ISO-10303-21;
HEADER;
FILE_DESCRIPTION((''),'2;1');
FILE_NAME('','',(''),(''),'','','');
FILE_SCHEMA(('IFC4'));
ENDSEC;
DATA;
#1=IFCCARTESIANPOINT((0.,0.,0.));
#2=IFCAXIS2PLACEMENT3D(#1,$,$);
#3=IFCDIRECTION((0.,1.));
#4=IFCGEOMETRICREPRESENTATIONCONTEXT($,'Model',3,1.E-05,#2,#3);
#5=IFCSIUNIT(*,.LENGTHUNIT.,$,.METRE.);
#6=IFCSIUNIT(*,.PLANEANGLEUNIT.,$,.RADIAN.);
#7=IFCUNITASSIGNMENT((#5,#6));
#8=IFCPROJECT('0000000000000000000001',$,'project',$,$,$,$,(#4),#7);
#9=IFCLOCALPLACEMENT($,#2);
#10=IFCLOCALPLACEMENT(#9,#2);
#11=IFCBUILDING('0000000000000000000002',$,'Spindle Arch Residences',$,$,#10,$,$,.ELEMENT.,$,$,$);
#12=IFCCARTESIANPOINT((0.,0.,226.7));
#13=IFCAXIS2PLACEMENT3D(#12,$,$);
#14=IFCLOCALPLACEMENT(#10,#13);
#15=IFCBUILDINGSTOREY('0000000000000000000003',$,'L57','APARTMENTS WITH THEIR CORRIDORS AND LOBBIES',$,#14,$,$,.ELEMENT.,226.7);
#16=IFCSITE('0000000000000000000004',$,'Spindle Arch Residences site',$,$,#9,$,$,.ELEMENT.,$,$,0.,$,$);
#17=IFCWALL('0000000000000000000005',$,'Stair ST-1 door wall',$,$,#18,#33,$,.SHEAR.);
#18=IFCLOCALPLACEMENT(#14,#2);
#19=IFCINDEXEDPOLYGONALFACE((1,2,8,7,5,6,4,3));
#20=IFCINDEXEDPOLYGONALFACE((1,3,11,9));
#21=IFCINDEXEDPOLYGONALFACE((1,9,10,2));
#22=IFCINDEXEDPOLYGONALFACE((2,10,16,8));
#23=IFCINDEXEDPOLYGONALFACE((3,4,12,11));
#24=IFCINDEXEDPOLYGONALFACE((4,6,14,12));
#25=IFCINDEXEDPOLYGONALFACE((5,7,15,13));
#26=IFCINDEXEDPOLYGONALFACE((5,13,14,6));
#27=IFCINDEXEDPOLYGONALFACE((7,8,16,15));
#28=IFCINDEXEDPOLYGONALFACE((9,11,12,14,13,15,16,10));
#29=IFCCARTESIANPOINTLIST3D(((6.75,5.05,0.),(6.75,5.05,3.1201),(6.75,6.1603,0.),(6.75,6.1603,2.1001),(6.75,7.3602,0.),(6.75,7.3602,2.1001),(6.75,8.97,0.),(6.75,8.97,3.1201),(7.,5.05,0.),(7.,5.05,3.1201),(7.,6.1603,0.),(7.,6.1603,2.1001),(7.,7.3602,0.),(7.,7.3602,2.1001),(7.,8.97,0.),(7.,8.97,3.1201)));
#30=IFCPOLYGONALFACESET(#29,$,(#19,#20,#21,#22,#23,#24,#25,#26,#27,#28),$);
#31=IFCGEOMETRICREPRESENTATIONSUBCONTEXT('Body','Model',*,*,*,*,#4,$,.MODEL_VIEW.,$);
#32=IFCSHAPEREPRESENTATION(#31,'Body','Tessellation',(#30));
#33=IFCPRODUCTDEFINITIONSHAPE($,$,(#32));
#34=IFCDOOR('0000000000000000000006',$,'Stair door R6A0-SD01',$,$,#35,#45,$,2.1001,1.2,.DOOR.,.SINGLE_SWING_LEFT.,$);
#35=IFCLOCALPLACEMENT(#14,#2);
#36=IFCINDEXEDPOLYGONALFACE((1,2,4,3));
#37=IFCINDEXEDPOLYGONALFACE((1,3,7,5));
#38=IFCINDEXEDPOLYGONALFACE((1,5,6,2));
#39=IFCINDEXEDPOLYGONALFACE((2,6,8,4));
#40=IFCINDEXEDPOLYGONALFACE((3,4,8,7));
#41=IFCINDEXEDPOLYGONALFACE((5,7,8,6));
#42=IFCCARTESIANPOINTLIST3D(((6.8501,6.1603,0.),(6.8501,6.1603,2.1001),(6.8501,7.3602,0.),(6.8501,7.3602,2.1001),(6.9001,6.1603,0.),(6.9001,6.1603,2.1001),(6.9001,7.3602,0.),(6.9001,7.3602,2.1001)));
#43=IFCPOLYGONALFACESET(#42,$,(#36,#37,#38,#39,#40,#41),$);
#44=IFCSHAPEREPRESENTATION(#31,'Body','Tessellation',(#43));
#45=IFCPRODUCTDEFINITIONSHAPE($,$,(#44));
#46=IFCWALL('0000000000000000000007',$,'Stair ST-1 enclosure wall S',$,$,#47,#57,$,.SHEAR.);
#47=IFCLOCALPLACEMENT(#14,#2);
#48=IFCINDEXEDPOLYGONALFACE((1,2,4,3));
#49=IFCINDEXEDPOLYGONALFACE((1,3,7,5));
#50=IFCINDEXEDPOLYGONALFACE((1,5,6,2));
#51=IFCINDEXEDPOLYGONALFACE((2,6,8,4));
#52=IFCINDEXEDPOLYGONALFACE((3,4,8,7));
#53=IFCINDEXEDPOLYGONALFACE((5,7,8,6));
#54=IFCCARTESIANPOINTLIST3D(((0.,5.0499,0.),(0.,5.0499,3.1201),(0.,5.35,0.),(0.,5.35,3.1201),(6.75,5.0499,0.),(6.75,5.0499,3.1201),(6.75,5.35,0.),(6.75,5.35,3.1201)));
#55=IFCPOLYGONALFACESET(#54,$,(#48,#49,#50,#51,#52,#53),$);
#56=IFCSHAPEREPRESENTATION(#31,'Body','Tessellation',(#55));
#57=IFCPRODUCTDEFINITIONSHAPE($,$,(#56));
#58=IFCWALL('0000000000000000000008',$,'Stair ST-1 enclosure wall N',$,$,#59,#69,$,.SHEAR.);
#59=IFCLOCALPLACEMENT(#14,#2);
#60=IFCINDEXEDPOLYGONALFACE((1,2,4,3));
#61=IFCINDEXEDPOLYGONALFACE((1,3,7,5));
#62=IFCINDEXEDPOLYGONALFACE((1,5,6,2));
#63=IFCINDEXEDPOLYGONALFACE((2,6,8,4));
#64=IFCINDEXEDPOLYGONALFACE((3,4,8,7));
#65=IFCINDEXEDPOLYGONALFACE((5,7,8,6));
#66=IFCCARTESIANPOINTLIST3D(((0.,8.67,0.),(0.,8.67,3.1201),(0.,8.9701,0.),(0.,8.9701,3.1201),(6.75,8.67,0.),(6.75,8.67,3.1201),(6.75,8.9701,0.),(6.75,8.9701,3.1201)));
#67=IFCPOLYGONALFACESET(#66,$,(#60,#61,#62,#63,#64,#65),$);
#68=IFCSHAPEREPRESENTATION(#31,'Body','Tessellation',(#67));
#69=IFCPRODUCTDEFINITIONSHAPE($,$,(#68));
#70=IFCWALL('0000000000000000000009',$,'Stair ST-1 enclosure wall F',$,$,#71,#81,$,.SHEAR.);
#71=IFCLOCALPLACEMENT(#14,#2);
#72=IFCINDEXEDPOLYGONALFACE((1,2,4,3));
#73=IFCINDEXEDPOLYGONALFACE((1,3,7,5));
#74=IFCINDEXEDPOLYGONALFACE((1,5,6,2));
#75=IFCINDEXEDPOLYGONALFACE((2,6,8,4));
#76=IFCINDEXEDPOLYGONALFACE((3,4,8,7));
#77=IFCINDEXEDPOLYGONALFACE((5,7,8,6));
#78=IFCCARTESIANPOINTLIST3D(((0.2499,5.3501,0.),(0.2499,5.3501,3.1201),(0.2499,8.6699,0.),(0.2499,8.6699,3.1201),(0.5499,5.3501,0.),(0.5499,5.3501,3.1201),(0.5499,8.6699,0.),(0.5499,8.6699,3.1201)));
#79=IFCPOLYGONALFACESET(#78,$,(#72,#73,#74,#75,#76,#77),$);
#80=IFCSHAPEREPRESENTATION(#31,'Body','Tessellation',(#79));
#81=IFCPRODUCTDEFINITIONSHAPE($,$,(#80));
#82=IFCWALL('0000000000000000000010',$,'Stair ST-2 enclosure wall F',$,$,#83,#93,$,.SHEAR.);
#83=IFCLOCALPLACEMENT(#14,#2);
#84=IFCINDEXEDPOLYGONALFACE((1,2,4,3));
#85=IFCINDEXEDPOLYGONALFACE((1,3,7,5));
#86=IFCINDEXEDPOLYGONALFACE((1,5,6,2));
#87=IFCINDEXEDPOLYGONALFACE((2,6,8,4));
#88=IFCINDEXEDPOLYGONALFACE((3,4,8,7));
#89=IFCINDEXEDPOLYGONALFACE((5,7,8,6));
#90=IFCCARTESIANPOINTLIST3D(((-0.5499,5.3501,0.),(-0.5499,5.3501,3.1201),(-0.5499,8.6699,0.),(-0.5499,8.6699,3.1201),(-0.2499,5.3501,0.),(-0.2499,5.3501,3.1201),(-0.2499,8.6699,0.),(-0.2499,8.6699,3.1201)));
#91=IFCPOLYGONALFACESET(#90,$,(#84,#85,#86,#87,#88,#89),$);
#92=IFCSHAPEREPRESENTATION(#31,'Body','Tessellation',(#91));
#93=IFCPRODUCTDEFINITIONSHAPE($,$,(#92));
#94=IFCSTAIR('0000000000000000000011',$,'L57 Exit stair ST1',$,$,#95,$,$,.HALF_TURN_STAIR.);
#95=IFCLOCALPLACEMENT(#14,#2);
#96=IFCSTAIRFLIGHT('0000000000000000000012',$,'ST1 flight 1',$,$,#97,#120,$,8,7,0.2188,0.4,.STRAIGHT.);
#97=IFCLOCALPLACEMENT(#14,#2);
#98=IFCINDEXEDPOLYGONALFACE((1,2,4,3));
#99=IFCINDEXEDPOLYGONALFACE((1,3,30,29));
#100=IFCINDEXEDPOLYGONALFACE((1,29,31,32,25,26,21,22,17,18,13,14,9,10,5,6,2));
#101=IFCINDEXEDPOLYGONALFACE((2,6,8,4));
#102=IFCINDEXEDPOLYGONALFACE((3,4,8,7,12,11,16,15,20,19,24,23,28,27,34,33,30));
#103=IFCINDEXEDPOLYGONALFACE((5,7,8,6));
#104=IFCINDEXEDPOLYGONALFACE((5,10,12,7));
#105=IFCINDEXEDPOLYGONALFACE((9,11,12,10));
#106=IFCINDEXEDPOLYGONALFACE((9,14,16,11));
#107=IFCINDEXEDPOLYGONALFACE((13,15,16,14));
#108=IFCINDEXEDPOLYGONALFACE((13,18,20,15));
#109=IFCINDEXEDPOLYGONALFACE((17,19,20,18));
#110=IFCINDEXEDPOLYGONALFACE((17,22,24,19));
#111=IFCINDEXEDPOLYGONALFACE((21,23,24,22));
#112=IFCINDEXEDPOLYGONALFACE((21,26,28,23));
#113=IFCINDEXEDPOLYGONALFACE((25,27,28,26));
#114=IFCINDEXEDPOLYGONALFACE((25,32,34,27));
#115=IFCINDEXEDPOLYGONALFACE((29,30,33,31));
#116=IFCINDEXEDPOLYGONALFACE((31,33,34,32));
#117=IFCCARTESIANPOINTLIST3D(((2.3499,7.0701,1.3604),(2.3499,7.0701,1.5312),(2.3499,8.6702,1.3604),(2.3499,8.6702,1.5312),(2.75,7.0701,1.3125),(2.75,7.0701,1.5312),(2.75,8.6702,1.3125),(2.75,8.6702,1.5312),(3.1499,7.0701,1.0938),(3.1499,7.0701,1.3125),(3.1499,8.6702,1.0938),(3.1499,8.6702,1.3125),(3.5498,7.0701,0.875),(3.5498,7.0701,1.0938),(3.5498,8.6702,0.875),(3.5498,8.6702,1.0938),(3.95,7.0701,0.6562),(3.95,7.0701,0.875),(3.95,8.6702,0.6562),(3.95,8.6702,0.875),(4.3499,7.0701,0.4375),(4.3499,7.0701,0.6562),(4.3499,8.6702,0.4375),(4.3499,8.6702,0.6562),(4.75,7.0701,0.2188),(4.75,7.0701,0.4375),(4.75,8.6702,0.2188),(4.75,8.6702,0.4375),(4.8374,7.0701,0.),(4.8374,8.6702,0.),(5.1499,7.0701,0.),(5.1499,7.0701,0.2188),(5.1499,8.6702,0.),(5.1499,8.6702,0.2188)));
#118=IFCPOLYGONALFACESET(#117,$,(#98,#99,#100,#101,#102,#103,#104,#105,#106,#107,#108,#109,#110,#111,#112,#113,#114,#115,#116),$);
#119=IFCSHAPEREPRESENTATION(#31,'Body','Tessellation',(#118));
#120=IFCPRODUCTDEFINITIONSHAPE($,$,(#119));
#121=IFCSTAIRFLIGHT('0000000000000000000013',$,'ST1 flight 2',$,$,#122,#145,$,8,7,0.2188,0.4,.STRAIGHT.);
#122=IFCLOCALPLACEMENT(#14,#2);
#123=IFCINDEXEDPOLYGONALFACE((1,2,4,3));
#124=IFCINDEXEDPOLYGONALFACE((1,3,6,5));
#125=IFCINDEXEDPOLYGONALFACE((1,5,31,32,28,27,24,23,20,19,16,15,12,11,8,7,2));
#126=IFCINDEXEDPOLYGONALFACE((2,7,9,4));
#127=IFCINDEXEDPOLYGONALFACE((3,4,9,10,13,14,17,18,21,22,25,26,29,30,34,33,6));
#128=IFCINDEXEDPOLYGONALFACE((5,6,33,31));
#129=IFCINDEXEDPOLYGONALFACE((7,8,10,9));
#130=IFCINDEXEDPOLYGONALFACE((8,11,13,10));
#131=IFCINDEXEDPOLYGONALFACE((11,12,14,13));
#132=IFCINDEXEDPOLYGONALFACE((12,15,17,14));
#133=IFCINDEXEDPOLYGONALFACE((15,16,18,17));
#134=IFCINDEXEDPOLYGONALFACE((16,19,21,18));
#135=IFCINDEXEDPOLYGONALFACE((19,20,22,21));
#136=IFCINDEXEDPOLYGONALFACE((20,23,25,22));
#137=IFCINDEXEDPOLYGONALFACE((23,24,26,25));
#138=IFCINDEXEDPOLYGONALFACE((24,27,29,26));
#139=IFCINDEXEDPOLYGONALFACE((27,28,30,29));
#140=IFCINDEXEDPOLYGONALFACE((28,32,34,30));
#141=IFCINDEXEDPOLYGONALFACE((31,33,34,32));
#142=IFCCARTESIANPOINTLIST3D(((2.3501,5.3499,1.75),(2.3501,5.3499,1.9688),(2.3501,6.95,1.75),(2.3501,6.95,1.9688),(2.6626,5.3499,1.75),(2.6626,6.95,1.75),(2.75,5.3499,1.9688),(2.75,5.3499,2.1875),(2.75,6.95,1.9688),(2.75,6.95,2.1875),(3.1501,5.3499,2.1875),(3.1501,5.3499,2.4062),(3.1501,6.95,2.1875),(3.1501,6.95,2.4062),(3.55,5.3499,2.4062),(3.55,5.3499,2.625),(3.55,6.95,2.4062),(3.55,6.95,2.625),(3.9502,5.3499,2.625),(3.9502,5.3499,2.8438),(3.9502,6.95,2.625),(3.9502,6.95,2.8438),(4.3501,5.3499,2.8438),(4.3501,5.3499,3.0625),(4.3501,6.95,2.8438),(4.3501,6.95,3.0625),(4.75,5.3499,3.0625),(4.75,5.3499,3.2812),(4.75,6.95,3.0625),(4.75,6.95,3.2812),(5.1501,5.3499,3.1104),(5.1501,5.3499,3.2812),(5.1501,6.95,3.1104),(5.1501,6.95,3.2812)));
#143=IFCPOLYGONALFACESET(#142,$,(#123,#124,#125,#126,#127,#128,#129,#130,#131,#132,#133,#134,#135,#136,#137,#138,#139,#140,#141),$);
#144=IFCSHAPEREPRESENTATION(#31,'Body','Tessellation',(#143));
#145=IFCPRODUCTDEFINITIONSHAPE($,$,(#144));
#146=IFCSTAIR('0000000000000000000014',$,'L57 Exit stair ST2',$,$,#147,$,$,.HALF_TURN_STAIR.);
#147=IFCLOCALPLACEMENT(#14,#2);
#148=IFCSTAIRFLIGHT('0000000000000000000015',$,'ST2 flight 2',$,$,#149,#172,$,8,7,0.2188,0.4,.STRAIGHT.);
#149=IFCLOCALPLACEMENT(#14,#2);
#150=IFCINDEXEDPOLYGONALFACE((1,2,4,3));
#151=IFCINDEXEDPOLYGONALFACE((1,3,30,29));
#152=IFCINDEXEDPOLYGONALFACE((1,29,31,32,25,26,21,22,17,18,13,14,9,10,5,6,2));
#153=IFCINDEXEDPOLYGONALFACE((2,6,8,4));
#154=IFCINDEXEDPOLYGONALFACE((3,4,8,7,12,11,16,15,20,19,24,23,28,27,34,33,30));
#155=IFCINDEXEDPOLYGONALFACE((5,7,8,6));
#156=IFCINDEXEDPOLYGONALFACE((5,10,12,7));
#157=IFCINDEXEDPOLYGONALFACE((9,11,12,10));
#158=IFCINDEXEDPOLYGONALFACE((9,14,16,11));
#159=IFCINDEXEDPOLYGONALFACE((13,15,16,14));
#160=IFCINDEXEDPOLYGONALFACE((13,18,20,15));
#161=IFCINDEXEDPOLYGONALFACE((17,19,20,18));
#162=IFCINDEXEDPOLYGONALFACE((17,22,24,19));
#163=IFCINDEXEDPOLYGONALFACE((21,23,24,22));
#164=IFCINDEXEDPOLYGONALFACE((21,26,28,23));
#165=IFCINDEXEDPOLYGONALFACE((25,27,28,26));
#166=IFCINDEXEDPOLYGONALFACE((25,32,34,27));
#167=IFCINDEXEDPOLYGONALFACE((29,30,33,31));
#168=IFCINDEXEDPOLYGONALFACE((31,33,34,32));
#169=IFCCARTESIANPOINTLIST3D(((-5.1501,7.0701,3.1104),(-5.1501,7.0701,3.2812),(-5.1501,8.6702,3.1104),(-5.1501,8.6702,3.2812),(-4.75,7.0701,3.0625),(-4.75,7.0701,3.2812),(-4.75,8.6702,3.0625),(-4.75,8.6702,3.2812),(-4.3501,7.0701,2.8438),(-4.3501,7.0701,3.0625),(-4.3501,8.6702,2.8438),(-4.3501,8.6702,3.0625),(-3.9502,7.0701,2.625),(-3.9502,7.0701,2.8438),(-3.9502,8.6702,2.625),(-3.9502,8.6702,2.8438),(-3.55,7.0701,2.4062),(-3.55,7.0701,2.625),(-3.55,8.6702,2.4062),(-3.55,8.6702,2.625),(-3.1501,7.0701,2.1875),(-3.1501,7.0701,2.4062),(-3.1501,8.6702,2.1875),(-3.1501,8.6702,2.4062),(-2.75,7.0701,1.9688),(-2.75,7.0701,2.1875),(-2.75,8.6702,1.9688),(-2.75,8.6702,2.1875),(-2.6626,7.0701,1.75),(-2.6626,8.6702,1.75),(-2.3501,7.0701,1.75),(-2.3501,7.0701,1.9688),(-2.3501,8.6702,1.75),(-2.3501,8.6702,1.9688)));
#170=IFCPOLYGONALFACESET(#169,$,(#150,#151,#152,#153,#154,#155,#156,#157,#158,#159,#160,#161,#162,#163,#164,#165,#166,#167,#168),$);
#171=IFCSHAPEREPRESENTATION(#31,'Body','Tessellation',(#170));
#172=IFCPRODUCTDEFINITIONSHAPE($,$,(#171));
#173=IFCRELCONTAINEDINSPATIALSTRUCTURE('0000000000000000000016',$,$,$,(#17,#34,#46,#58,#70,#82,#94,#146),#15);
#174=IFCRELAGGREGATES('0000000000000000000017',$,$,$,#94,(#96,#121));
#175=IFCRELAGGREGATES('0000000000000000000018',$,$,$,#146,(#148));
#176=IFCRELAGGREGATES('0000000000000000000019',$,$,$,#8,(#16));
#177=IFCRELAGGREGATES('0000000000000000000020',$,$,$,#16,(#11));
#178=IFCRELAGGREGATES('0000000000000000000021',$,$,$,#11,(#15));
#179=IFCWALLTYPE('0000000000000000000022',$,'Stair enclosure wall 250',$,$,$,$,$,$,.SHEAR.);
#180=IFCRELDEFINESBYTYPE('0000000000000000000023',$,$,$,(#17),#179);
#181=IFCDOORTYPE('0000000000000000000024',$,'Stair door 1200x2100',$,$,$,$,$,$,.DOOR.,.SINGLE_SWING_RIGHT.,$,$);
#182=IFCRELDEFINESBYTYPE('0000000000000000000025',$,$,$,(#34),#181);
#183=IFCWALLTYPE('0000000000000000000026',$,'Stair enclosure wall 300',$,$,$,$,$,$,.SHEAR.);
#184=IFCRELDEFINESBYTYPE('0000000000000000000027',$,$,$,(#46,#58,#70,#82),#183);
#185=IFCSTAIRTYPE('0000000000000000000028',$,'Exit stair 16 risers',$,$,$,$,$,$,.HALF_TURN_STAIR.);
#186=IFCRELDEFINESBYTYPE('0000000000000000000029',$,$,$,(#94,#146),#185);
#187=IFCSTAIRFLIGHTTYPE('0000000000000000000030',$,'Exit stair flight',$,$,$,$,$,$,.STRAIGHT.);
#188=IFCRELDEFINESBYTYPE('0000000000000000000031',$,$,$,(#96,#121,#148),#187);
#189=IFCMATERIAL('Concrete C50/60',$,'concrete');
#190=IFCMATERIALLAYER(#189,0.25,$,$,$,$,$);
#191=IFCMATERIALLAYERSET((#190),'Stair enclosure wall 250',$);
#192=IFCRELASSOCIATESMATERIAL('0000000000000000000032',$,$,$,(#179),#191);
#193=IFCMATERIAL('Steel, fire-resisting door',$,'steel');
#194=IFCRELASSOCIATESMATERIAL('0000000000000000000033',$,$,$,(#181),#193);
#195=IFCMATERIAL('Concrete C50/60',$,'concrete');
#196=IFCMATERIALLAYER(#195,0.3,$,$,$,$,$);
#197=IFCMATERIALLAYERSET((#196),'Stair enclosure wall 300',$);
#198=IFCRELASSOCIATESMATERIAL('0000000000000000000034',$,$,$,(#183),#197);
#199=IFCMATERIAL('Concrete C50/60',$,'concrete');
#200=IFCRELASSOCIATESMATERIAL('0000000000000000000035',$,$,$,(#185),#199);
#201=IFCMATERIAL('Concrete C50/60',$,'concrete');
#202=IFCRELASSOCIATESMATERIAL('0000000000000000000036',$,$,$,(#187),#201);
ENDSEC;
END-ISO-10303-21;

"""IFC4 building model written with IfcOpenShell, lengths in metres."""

from ifc_helpers import new_model, si_unit, direction, frame, frame_2d, origin, place, context, subcontext, project, spatial, polyline, rectangle, outline, extrude, material, layer, layer_set, type_object, element, fill, aggregate, save


model = new_model("IFC4")

# Units and contexts
model_context = context("Model", 3, precision=1e-05, world=origin(), true_north=direction((0.0, 1.0)))
body_context = subcontext(model_context, "Body", "Model", "MODEL_VIEW")
ifc_project = project(units=[si_unit("LENGTHUNIT", "METRE"), si_unit("PLANEANGLEUNIT", "RADIAN")], contexts=[model_context])

# Site, building, storey
site_placement = place(None, origin())
site = spatial("IfcSite", under=ifc_project, at=site_placement, Name="Spindle Arch Residences site", CompositionType="ELEMENT", RefElevation=0.0)
building_placement = place(site_placement, origin())
building = spatial("IfcBuilding", under=site, at=building_placement, Name="Spindle Arch Residences", CompositionType="ELEMENT")
storey_placement = place(building_placement, frame((0.0, 0.0, 226.7)))
storey = spatial("IfcBuildingStorey", under=building, at=storey_placement, Name="L57", Description="APARTMENTS WITH THEIR CORRIDORS AND LOBBIES", CompositionType="ELEMENT", Elevation=226.7)

# Wall, opening, door
ifc_material_1 = material(Name="Concrete C50/60", Category="concrete")
ifc_layer_1 = layer(ifc_material_1, 0.25)
ifc_layer_set_1 = layer_set([ifc_layer_1], Name="Stair enclosure wall 250")
wall_type_1 = type_object("IfcWallType", Name="Stair enclosure wall 250", PredefinedType="SHEAR", material=ifc_layer_set_1)
wall_1_placement = place(storey_placement, frame((6.875, 5.05, 0.0), z_axis=(0.0, 0.0, 1.0), x_axis=(0.0, 1.0, 0.0)))
wall_1 = element("IfcWall", 1, at=wall_1_placement, inside=storey, type_object=wall_type_1, Name="Stair ST-1 door wall", PredefinedType="SHEAR", context=body_context, shape_type="SweptSolid", body=[
    extrude(rectangle(XDim=3.9199, YDim=0.25, at=frame_2d((1.96, 0.0))), origin(), (0.0, 0.0, 1.0), 3.1201),
])
opening_1_placement = place(wall_1_placement, frame((1.1101, 0.0, 0.0)))
opening_1 = element("IfcOpeningElement", 2, at=opening_1_placement, cuts=wall_1, PredefinedType="OPENING", context=body_context, shape_type="SweptSolid", body=[
    extrude(rectangle(XDim=1.2, YDim=2.1001, at=frame_2d((0.6001, 1.05))), frame((0.0, 0.135, 0.0), z_axis=(0.0, -1.0, 0.0), x_axis=(1.0, 0.0, 0.0)), (0.0, 0.0, 1.0), 0.27),
])
ifc_material_2 = material(Name="Steel, fire-resisting door", Category="steel")
door_type_1 = type_object("IfcDoorType", Name="Stair door 1200x2100", OperationType="SINGLE_SWING_RIGHT", PredefinedType="DOOR", material=ifc_material_2)
door_1_placement = place(opening_1_placement, origin())
door_1 = element("IfcDoor", 3, at=door_1_placement, inside=storey, type_object=door_type_1, Name="Stair door R6A0-SD01", OperationType="SINGLE_SWING_LEFT", OverallHeight=2.1001, OverallWidth=1.2, PredefinedType="DOOR", context=body_context, shape_type="SweptSolid", body=[
    extrude(rectangle(XDim=1.2, YDim=2.1001, at=frame_2d((0.6001, 1.05))), frame((0.0, 0.0249, 0.0), z_axis=(0.0, -1.0, 0.0), x_axis=(1.0, 0.0, 0.0)), (0.0, 0.0, 1.0), 0.05),
])
fill(opening_1, door_1)

# Walls
ifc_material_3 = material(Name="Concrete C50/60", Category="concrete")
ifc_layer_2 = layer(ifc_material_3, 0.3)
ifc_layer_set_2 = layer_set([ifc_layer_2], Name="Stair enclosure wall 300")
wall_type_2 = type_object("IfcWallType", Name="Stair enclosure wall 300", PredefinedType="SHEAR", material=ifc_layer_set_2)
for number, where, z_axis, x_axis, name in (
    (4, (0.0, 5.2, 0.0), (0.0, 0.0, 1.0), (1.0, 0.0, 0.0), "Stair ST-1 enclosure wall S"),
    (5, (0.0, 8.8201, 0.0), (0.0, 0.0, 1.0), (1.0, 0.0, 0.0), "Stair ST-1 enclosure wall N"),
):
    element("IfcWall", number, at=place(storey_placement, frame(where, z_axis=z_axis, x_axis=x_axis)), inside=storey, type_object=wall_type_2, Name=name, PredefinedType="SHEAR", context=body_context, shape_type="SweptSolid", body=[
        extrude(rectangle(XDim=6.75, YDim=0.3, at=frame_2d((3.375, 0.0))), origin(), (0.0, 0.0, 1.0), 3.1201),
    ])
for number, where, z_axis, x_axis, name in (
    (6, (0.3999, 5.3501, 0.0), (0.0, 0.0, 1.0), (0.0, 1.0, 0.0), "Stair ST-1 enclosure wall F"),
    (7, (-0.3999, 5.3501, 0.0), (0.0, 0.0, 1.0), (0.0, 1.0, 0.0), "Stair ST-2 enclosure wall F"),
):
    element("IfcWall", number, at=place(storey_placement, frame(where, z_axis=z_axis, x_axis=x_axis)), inside=storey, type_object=wall_type_2, Name=name, PredefinedType="SHEAR", context=body_context, shape_type="SweptSolid", body=[
        extrude(rectangle(XDim=3.3198, YDim=0.3, at=frame_2d((1.6599, 0.0))), origin(), (0.0, 0.0, 1.0), 3.1201),
    ])

# Stair, stair flights
ifc_material_4 = material(Name="Concrete C50/60", Category="concrete")
stair_type = type_object("IfcStairType", Name="Exit stair 16 risers", PredefinedType="HALF_TURN_STAIR", material=ifc_material_4)
stair_1_placement = place(storey_placement, origin())
stair_1 = element("IfcStair", 8, at=stair_1_placement, inside=storey, type_object=stair_type, Name="L57 Exit stair ST1", PredefinedType="HALF_TURN_STAIR")
ifc_material_5 = material(Name="Concrete C50/60", Category="concrete")
stair_flight_type = type_object("IfcStairFlightType", Name="Exit stair flight", PredefinedType="STRAIGHT", material=ifc_material_5)
stair_flight_1_placement = place(storey_placement, frame((5.1499, 7.8701, 0.0), z_axis=(0.0, 0.0, 1.0), x_axis=(-1.0, 0.0, 0.0)))
stair_flight_1 = element("IfcStairFlight", 9, at=stair_flight_1_placement, type_object=stair_flight_type, Name="ST1 flight 1", NumberOfRisers=8, NumberOfTreads=7, PredefinedType="STRAIGHT", RiserHeight=0.2188, TreadLength=0.4, context=body_context, shape_type="SweptSolid", body=[
    extrude(outline(polyline([(0.0, 0.0), (0.0, 0.2188), (0.3999, 0.2188), (0.3999, 0.4375), (0.8, 0.4375), (0.8, 0.6562), (1.2, 0.6562), (1.2, 0.875), (1.6001, 0.875), (1.6001, 1.0938), (2.0, 1.0938), (2.0, 1.3125), (2.3999, 1.3125), (2.3999, 1.5312), (2.8, 1.5312), (2.8, 1.75), (2.8, 1.3604), (0.3125, 0.0), (0.0, 0.0)])), frame((0.0, 0.8, 0.0), z_axis=(0.0, -1.0, 0.0), x_axis=(1.0, 0.0, 0.0)), (0.0, 0.0, 1.0), 1.6001),
])
stair_flight_2_placement = place(storey_placement, frame((2.3501, 6.1499, 1.75), z_axis=(0.0, 0.0, 1.0), x_axis=(1.0, 0.0, 0.0)))
stair_flight_2 = element("IfcStairFlight", 10, at=stair_flight_2_placement, type_object=stair_flight_type, Name="ST1 flight 2", NumberOfRisers=8, NumberOfTreads=7, PredefinedType="STRAIGHT", RiserHeight=0.2188, TreadLength=0.4, context=body_context, shape_type="SweptSolid", body=[
    extrude(outline(polyline([(0.0, 0.0), (0.0, 0.2188), (0.3999, 0.2188), (0.3999, 0.4375), (0.8, 0.4375), (0.8, 0.6562), (1.2, 0.6562), (1.2, 0.875), (1.6001, 0.875), (1.6001, 1.0938), (2.0, 1.0938), (2.0, 1.3125), (2.3999, 1.3125), (2.3999, 1.5312), (2.8, 1.5312), (2.8, 1.75), (2.8, 1.3604), (0.3125, 0.0), (0.0, 0.0)])), frame((0.0, 0.8, 0.0), z_axis=(0.0, -1.0, 0.0), x_axis=(1.0, 0.0, 0.0)), (0.0, 0.0, 1.0), 1.6001),
])
aggregate(stair_1, [stair_flight_1, stair_flight_2])

# Stair, stair flight
stair_2_placement = place(storey_placement, origin())
stair_2 = element("IfcStair", 11, at=stair_2_placement, inside=storey, type_object=stair_type, Name="L57 Exit stair ST2", PredefinedType="HALF_TURN_STAIR")
stair_flight_3_placement = place(storey_placement, frame((-2.3501, 7.8701, 1.75), z_axis=(0.0, 0.0, 1.0), x_axis=(-1.0, 0.0, 0.0)))
stair_flight_3 = element("IfcStairFlight", 12, at=stair_flight_3_placement, type_object=stair_flight_type, Name="ST2 flight 2", NumberOfRisers=8, NumberOfTreads=7, PredefinedType="STRAIGHT", RiserHeight=0.2188, TreadLength=0.4, context=body_context, shape_type="SweptSolid", body=[
    extrude(outline(polyline([(0.0, 0.0), (0.0, 0.2188), (0.3999, 0.2188), (0.3999, 0.4375), (0.8, 0.4375), (0.8, 0.6562), (1.2, 0.6562), (1.2, 0.875), (1.6001, 0.875), (1.6001, 1.0938), (2.0, 1.0938), (2.0, 1.3125), (2.3999, 1.3125), (2.3999, 1.5312), (2.8, 1.5312), (2.8, 1.75), (2.8, 1.3604), (0.3125, 0.0), (0.0, 0.0)])), frame((0.0, 0.8, 0.0), z_axis=(0.0, -1.0, 0.0), x_axis=(1.0, 0.0, 0.0)), (0.0, 0.0, 1.0), 1.6001),
])
aggregate(stair_2, [stair_flight_3])

save(model, "model.ifc")
